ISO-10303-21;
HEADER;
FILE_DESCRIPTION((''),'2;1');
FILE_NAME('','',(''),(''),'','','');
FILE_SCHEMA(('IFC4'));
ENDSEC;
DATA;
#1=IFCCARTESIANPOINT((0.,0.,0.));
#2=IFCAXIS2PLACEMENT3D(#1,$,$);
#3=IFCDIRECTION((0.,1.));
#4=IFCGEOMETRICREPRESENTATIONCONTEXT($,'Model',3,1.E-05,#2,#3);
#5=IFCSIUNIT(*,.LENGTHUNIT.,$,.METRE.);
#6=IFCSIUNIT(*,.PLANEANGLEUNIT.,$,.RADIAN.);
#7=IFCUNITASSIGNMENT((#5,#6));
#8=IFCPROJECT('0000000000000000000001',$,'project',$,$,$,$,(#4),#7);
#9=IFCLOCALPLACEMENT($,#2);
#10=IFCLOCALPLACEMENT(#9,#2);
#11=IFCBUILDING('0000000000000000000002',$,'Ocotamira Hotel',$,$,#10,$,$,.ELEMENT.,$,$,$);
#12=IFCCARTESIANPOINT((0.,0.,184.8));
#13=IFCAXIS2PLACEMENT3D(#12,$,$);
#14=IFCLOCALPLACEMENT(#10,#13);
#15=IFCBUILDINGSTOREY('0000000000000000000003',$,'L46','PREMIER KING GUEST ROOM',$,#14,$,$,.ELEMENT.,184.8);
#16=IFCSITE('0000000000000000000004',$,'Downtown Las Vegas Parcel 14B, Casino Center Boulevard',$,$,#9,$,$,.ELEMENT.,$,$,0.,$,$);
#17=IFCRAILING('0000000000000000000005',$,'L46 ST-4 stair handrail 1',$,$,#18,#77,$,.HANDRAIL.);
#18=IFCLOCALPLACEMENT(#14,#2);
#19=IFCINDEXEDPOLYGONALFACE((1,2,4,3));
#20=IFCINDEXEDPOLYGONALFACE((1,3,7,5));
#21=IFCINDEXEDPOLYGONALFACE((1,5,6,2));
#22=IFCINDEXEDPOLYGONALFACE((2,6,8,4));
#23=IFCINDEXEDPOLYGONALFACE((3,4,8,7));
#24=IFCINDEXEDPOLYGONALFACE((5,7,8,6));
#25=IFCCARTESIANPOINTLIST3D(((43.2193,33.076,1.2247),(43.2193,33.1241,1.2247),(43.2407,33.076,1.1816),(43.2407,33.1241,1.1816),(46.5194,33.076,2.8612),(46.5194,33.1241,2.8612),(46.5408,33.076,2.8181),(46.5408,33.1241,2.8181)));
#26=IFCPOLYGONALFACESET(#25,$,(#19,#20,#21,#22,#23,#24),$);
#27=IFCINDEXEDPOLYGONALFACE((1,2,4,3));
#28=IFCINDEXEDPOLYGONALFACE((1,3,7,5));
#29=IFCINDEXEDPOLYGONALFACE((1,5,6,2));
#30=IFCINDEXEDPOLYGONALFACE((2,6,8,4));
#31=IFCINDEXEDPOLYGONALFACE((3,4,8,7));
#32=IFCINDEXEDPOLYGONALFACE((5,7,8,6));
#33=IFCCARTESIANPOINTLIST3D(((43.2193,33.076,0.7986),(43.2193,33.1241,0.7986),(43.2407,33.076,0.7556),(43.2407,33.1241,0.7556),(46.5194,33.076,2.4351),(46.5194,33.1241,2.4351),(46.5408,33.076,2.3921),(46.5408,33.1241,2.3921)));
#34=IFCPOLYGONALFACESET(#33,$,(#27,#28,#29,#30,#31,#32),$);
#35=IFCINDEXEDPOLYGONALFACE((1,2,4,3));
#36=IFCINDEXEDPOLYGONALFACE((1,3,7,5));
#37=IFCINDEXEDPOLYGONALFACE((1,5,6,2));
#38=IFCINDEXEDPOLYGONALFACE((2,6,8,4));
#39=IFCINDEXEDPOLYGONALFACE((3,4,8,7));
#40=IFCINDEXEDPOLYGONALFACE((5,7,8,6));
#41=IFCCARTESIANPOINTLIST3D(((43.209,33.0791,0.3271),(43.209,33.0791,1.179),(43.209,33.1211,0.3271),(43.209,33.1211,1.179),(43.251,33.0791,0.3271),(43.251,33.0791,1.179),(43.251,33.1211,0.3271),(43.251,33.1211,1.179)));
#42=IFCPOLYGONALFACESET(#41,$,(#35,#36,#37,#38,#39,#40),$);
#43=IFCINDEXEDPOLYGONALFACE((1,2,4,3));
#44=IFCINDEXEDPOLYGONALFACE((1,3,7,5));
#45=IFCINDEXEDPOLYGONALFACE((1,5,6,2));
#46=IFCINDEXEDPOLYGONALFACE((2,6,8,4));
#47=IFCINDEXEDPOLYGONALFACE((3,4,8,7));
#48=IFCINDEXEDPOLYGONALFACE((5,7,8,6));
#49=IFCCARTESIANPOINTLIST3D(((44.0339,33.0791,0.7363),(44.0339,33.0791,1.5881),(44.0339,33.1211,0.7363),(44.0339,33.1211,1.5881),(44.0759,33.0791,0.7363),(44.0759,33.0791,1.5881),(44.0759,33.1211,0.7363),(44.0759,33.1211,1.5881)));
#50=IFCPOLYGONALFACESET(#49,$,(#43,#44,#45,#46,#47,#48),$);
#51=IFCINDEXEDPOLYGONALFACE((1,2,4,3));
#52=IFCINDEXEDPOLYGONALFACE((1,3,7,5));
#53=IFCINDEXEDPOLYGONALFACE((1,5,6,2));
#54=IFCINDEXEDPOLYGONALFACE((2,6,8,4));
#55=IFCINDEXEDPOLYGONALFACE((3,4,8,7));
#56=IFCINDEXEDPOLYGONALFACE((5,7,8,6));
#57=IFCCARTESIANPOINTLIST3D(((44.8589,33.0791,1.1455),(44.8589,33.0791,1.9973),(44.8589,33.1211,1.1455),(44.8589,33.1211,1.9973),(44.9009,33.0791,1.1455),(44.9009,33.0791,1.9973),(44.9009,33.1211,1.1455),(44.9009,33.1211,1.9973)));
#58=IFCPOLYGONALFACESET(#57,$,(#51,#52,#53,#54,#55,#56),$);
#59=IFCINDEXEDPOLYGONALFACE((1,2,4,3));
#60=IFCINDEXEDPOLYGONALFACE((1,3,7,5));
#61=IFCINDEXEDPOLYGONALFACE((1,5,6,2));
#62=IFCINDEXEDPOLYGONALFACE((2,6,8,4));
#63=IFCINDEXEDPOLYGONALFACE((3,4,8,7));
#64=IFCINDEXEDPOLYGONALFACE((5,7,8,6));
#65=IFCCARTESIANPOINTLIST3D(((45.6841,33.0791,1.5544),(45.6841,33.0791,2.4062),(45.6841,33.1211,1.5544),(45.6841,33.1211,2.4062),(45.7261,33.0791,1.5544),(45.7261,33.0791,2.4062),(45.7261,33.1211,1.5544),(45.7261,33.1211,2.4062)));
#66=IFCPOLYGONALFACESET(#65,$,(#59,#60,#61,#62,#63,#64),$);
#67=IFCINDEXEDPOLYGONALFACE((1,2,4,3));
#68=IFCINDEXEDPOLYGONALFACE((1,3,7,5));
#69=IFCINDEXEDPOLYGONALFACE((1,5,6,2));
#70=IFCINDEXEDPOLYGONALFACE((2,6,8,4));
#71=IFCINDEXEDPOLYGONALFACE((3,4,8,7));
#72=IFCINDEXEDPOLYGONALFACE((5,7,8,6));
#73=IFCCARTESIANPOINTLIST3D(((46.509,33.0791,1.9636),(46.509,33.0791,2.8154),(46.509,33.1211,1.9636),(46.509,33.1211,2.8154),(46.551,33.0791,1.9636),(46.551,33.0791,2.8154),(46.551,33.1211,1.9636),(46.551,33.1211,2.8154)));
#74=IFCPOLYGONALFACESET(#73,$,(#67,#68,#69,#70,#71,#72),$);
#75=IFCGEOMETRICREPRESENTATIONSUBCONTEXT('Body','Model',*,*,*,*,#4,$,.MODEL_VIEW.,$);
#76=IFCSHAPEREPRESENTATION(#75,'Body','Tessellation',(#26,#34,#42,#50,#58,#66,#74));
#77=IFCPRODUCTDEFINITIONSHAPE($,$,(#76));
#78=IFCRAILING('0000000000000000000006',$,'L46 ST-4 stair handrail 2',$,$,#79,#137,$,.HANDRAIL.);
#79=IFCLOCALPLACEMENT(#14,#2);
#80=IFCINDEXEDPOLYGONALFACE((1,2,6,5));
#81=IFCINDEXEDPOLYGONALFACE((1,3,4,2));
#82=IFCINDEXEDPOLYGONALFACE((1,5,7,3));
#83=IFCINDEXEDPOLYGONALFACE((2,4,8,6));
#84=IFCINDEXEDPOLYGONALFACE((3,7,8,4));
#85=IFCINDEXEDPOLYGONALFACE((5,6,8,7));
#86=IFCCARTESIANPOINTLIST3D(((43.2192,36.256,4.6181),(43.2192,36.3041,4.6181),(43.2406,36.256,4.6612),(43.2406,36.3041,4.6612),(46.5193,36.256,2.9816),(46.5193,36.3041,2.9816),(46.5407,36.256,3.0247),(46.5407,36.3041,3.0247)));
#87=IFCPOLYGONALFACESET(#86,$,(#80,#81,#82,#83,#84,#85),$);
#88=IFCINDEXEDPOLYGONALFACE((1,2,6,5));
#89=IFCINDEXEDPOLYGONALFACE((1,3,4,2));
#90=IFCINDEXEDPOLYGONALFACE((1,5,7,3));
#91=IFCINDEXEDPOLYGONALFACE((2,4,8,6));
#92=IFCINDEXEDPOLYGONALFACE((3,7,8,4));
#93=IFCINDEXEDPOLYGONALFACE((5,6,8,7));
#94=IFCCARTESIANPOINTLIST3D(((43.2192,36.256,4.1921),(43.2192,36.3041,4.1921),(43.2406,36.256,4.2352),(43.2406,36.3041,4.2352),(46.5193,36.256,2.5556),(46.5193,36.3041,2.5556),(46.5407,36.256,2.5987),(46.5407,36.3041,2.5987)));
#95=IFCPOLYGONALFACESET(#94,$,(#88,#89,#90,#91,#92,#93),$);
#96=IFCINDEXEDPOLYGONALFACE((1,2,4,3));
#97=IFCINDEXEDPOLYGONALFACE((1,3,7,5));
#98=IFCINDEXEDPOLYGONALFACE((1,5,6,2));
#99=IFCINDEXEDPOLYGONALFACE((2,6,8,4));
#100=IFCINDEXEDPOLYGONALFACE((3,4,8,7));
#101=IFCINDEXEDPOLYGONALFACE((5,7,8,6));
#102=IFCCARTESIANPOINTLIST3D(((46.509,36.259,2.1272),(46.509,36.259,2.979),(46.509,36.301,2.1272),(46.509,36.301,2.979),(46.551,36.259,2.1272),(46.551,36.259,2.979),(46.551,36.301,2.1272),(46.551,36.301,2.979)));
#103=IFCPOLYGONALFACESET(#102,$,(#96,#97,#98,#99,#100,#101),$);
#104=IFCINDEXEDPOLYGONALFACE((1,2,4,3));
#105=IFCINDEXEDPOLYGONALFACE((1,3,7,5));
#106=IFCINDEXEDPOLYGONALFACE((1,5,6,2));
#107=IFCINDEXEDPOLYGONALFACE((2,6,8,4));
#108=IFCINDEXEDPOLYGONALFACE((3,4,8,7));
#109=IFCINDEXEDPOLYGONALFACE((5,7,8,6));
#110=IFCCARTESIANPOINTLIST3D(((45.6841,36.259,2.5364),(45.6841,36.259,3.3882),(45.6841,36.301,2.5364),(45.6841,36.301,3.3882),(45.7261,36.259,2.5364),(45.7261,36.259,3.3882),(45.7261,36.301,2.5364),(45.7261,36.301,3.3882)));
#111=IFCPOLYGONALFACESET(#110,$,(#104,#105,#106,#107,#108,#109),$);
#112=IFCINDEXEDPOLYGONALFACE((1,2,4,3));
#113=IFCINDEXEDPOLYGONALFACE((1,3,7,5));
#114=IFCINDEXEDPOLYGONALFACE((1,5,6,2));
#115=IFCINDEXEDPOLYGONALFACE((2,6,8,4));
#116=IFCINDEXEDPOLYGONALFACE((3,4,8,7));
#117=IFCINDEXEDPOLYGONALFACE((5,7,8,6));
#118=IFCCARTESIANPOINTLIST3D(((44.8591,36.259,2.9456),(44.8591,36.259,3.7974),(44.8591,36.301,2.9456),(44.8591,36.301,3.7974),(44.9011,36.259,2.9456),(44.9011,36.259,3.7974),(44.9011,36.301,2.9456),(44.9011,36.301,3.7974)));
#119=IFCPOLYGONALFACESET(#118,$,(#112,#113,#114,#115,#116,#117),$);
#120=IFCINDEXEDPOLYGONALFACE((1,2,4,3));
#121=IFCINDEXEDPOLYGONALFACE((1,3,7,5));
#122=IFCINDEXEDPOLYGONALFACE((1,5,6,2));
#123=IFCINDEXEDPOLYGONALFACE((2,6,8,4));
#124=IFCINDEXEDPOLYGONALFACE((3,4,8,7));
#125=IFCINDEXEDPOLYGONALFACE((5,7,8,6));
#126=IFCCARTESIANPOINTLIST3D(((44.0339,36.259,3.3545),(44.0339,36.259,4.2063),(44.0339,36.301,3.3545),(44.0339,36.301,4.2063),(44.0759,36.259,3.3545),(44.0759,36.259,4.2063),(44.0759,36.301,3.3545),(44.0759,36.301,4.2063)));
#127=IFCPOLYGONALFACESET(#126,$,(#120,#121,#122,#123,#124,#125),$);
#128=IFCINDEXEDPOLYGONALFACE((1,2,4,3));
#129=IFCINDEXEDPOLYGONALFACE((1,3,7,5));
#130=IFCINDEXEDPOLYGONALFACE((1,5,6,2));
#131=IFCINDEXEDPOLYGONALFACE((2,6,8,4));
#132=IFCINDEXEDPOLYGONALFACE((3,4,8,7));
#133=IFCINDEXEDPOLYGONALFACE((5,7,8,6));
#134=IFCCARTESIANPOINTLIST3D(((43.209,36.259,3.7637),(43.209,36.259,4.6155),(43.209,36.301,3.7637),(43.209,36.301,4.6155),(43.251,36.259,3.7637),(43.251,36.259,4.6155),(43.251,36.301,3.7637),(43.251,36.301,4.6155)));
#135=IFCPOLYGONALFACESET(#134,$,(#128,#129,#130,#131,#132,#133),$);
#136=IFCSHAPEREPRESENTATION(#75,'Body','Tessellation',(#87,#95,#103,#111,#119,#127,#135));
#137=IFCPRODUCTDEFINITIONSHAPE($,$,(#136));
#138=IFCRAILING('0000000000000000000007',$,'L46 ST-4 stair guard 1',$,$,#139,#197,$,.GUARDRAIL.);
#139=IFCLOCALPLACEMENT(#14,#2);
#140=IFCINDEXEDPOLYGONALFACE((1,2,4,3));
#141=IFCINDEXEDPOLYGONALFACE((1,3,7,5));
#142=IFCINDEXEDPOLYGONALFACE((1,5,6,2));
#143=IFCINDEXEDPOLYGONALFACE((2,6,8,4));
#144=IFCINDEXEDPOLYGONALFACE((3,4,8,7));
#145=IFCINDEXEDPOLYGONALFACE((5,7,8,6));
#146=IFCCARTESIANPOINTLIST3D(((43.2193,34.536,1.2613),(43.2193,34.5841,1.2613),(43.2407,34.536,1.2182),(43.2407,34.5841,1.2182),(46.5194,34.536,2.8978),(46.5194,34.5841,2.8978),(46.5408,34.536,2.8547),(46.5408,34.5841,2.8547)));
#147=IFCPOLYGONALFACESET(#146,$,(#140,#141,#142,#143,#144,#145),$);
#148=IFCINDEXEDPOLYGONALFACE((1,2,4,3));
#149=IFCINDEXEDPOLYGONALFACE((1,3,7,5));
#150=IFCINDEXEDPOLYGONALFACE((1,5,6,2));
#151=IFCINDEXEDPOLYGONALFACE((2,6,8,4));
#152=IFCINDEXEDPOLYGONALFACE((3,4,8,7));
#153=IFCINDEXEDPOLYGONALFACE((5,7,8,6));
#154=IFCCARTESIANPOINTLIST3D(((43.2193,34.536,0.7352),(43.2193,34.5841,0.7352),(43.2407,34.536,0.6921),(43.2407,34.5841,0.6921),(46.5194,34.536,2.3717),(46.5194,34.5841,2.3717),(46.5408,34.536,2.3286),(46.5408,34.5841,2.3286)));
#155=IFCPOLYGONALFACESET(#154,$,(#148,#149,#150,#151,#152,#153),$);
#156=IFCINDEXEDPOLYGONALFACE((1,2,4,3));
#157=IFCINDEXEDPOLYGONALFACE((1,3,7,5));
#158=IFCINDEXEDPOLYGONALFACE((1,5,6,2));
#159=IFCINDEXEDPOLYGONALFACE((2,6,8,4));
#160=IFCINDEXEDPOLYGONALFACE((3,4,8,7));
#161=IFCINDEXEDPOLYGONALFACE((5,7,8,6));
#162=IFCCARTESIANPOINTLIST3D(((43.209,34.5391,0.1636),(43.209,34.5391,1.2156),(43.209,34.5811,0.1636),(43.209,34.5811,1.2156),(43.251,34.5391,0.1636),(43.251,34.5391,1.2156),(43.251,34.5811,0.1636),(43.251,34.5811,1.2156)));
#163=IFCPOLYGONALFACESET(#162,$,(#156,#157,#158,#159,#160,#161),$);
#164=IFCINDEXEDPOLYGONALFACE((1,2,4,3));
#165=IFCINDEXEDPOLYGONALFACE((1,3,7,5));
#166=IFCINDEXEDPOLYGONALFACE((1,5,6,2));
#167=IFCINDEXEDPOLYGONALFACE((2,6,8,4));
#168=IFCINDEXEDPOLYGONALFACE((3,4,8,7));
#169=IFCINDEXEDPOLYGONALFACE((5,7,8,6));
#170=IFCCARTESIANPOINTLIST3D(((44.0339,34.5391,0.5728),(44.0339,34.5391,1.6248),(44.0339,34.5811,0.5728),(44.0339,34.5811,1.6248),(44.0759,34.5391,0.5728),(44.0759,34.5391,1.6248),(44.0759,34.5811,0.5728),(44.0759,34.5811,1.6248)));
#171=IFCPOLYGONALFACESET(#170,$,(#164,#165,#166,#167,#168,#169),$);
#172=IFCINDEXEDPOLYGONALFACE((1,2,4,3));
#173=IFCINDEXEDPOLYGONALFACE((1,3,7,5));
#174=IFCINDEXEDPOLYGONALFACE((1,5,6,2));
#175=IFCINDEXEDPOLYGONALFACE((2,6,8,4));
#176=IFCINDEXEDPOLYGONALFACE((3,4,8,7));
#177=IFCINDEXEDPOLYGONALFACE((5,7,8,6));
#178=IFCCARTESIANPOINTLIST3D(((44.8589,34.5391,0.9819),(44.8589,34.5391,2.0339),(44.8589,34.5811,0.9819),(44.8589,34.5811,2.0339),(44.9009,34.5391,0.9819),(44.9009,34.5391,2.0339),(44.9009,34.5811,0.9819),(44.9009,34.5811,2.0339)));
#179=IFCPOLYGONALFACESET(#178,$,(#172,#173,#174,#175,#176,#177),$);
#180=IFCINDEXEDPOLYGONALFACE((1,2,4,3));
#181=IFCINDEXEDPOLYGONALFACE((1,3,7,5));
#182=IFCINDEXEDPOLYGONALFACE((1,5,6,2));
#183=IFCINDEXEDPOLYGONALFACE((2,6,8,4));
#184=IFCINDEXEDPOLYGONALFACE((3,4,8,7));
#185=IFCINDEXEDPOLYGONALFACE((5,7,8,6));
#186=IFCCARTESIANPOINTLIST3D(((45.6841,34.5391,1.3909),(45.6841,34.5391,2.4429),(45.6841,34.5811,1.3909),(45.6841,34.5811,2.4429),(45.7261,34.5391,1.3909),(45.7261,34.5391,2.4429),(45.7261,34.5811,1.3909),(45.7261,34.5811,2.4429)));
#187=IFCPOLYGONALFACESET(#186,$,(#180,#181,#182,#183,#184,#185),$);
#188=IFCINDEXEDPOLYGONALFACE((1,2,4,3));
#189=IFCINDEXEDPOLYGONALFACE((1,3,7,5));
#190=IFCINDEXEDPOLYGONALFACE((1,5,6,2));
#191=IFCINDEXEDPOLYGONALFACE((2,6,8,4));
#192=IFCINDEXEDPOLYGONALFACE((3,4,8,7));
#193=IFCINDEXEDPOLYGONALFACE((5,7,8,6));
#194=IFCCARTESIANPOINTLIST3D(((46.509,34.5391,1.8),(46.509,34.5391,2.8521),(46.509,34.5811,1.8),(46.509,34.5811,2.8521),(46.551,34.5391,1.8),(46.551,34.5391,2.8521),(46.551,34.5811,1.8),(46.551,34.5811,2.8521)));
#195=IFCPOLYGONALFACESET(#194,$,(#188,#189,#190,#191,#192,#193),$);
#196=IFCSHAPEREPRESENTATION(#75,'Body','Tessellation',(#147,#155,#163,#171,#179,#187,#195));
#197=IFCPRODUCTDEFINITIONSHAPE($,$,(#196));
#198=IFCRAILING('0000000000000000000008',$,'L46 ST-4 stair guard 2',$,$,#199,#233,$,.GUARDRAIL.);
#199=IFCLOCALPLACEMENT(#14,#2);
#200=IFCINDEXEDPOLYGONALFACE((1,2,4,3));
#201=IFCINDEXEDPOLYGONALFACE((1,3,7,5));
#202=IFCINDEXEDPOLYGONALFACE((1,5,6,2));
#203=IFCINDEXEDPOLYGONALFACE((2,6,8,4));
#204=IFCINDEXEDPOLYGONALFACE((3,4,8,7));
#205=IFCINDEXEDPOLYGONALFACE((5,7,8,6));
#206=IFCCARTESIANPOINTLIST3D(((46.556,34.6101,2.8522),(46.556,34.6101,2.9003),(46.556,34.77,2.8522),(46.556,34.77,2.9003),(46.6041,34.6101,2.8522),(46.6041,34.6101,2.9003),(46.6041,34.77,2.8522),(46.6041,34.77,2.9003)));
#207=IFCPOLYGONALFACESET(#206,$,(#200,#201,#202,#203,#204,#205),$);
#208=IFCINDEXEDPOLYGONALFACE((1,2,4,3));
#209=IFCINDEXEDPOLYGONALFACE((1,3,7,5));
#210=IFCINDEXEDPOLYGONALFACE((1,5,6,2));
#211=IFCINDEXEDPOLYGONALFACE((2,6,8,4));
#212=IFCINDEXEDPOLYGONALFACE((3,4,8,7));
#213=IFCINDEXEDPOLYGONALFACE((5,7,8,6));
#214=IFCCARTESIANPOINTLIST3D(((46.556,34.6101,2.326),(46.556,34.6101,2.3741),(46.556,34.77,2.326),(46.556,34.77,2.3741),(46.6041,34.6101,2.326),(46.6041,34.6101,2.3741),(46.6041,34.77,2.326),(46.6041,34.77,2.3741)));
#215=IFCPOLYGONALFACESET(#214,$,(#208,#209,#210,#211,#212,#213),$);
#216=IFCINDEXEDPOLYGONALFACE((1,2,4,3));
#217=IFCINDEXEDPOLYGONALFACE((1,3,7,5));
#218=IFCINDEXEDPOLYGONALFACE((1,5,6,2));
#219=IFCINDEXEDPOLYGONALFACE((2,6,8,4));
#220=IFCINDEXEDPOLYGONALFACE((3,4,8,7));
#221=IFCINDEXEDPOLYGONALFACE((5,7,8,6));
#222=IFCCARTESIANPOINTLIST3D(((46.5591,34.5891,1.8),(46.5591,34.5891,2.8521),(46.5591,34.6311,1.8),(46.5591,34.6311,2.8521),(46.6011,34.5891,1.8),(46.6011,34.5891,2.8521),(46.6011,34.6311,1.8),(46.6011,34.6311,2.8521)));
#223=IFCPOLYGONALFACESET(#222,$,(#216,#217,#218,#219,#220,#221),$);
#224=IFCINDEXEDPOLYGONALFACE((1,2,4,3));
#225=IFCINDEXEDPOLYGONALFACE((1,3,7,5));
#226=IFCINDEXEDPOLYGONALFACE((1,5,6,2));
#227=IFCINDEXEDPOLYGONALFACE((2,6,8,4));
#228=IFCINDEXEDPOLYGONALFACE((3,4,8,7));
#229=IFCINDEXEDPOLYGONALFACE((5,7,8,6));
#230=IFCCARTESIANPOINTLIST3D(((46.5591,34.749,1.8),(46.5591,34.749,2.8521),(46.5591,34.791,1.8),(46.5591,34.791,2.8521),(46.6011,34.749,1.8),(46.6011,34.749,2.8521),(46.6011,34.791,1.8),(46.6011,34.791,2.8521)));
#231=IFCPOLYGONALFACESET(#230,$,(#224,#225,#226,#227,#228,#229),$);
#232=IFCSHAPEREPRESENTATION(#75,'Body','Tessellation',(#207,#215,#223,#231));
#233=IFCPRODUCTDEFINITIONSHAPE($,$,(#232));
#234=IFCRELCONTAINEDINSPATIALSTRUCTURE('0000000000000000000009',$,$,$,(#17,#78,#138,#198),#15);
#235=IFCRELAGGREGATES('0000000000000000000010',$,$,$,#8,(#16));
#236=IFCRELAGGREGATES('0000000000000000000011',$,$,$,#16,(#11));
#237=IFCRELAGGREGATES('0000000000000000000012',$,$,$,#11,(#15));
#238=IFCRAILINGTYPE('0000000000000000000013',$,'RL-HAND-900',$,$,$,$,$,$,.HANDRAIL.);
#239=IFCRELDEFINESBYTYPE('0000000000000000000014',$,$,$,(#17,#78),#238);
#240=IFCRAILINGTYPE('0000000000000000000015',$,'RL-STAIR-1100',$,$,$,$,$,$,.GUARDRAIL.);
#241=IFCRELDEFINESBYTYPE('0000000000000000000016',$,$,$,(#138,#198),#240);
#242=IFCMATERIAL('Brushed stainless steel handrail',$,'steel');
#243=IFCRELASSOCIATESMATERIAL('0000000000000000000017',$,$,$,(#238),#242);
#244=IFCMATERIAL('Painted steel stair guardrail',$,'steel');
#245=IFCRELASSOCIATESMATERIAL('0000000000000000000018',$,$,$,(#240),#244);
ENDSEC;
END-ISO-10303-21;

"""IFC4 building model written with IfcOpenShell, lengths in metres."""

from ifc_helpers import new_model, si_unit, direction, frame, origin, origin_2d, place, context, subcontext, project, spatial, rectangle, extrude, material, type_object, element, save


model = new_model("IFC4")

# Units and contexts
model_context = context("Model", 3, precision=1e-05, world=origin(), true_north=direction((0.0, 1.0)))
body_context = subcontext(model_context, "Body", "Model", "MODEL_VIEW")
ifc_project = project(units=[si_unit("LENGTHUNIT", "METRE"), si_unit("PLANEANGLEUNIT", "RADIAN")], contexts=[model_context])

# Site, building, storey
site_placement = place(None, origin())
site = spatial("IfcSite", under=ifc_project, at=site_placement, Name="Downtown Las Vegas Parcel 14B, Casino Center Boulevard", CompositionType="ELEMENT", RefElevation=0.0)
building_placement = place(site_placement, origin())
building = spatial("IfcBuilding", under=site, at=building_placement, Name="Ocotamira Hotel", CompositionType="ELEMENT")
storey_placement = place(building_placement, frame((0.0, 0.0, 184.8)))
storey = spatial("IfcBuildingStorey", under=building, at=storey_placement, Name="L46", Description="PREMIER KING GUEST ROOM", CompositionType="ELEMENT", Elevation=184.8)

# Railings
ifc_material_1 = material(Name="Brushed stainless steel handrail", Category="steel")
railing_type_1 = type_object("IfcRailingType", Name="RL-HAND-900", PredefinedType="HANDRAIL", material=ifc_material_1)
railing_1_placement = place(storey_placement, frame((43.23, 33.1001, 0.3271)))
element("IfcRailing", 1, at=railing_1_placement, inside=storey, type_object=railing_type_1, Name="L46 ST-4 stair handrail 1", PredefinedType="HANDRAIL", context=body_context, shape_type="SweptSolid", body=[
    extrude(rectangle(XDim=0.0481, YDim=0.0481, at=origin_2d()), frame((0.0, 0.0, 0.876), z_axis=(0.895894, 0.0, 0.444268), x_axis=(0.0, 1.0, 0.0)), (0.0, 0.0, 1.0), 3.6836),
    extrude(rectangle(XDim=0.0481, YDim=0.0481, at=origin_2d()), frame((0.0, 0.0, 0.45), z_axis=(0.895894, 0.0, 0.444268), x_axis=(0.0, 1.0, 0.0)), (0.0, 0.0, 1.0), 3.6836),
    extrude(rectangle(XDim=0.042, YDim=0.042, at=origin_2d()), origin(), (0.0, 0.0, 1.0), 0.8518),
    extrude(rectangle(XDim=0.042, YDim=0.042, at=origin_2d()), frame((0.825, 0.0, 0.4092)), (0.0, 0.0, 1.0), 0.8518),
    extrude(rectangle(XDim=0.042, YDim=0.042, at=origin_2d()), frame((1.6499, 0.0, 0.8184)), (0.0, 0.0, 1.0), 0.8518),
    extrude(rectangle(XDim=0.042, YDim=0.042, at=origin_2d()), frame((2.4751, 0.0, 1.2273)), (0.0, 0.0, 1.0), 0.8518),
    extrude(rectangle(XDim=0.042, YDim=0.042, at=origin_2d()), frame((3.3, 0.0, 1.6365)), (0.0, 0.0, 1.0), 0.8518),
])
railing_2_placement = place(storey_placement, frame((46.53, 36.28, 2.1272)))
element("IfcRailing", 2, at=railing_2_placement, inside=storey, type_object=railing_type_1, Name="L46 ST-4 stair handrail 2", PredefinedType="HANDRAIL", context=body_context, shape_type="SweptSolid", body=[
    extrude(rectangle(XDim=0.0481, YDim=0.0481, at=origin_2d()), frame((0.0, 0.0, 0.876), z_axis=(-0.895894, 0.0, 0.444268), x_axis=(0.0, -1.0, 0.0)), (0.0, 0.0, 1.0), 3.6836),
    extrude(rectangle(XDim=0.0481, YDim=0.0481, at=origin_2d()), frame((0.0, 0.0, 0.45), z_axis=(-0.895894, 0.0, 0.444268), x_axis=(0.0, -1.0, 0.0)), (0.0, 0.0, 1.0), 3.6836),
    extrude(rectangle(XDim=0.042, YDim=0.042, at=origin_2d()), origin(), (0.0, 0.0, 1.0), 0.8518),
    extrude(rectangle(XDim=0.042, YDim=0.042, at=origin_2d()), frame((-0.825, 0.0, 0.4092)), (0.0, 0.0, 1.0), 0.8518),
    extrude(rectangle(XDim=0.042, YDim=0.042, at=origin_2d()), frame((-1.6499, 0.0, 0.8184)), (0.0, 0.0, 1.0), 0.8518),
    extrude(rectangle(XDim=0.042, YDim=0.042, at=origin_2d()), frame((-2.4751, 0.0, 1.2273)), (0.0, 0.0, 1.0), 0.8518),
    extrude(rectangle(XDim=0.042, YDim=0.042, at=origin_2d()), frame((-3.3, 0.0, 1.6365)), (0.0, 0.0, 1.0), 0.8518),
])
ifc_material_2 = material(Name="Painted steel stair guardrail", Category="steel")
railing_type_2 = type_object("IfcRailingType", Name="RL-STAIR-1100", PredefinedType="GUARDRAIL", material=ifc_material_2)
railing_3_placement = place(storey_placement, frame((43.23, 34.5601, 0.1636)))
element("IfcRailing", 3, at=railing_3_placement, inside=storey, type_object=railing_type_2, Name="L46 ST-4 stair guard 1", PredefinedType="GUARDRAIL", context=body_context, shape_type="SweptSolid", body=[
    extrude(rectangle(XDim=0.0481, YDim=0.0481, at=origin_2d()), frame((0.0, 0.0, 1.0762), z_axis=(0.895894, 0.0, 0.444268), x_axis=(0.0, 1.0, 0.0)), (0.0, 0.0, 1.0), 3.6836),
    extrude(rectangle(XDim=0.0481, YDim=0.0481, at=origin_2d()), frame((0.0, 0.0, 0.55), z_axis=(0.895894, 0.0, 0.444268), x_axis=(0.0, 1.0, 0.0)), (0.0, 0.0, 1.0), 3.6836),
    extrude(rectangle(XDim=0.042, YDim=0.042, at=origin_2d()), origin(), (0.0, 0.0, 1.0), 1.052),
    extrude(rectangle(XDim=0.042, YDim=0.042, at=origin_2d()), frame((0.825, 0.0, 0.4092)), (0.0, 0.0, 1.0), 1.052),
    extrude(rectangle(XDim=0.042, YDim=0.042, at=origin_2d()), frame((1.6499, 0.0, 0.8184)), (0.0, 0.0, 1.0), 1.052),
    extrude(rectangle(XDim=0.042, YDim=0.042, at=origin_2d()), frame((2.4751, 0.0, 1.2273)), (0.0, 0.0, 1.0), 1.052),
    extrude(rectangle(XDim=0.042, YDim=0.042, at=origin_2d()), frame((3.3, 0.0, 1.6365)), (0.0, 0.0, 1.0), 1.052),
])
railing_4_placement = place(storey_placement, frame((46.5801, 34.6101, 1.8)))
element("IfcRailing", 4, at=railing_4_placement, inside=storey, type_object=railing_type_2, Name="L46 ST-4 stair guard 2", PredefinedType="GUARDRAIL", context=body_context, shape_type="SweptSolid", body=[
    extrude(rectangle(XDim=0.0481, YDim=0.0481, at=origin_2d()), frame((0.0, 0.0, 1.0762), z_axis=(0.0, 1.0, 0.0), x_axis=(-1.0, 0.0, 0.0)), (0.0, 0.0, 1.0), 0.1599),
    extrude(rectangle(XDim=0.0481, YDim=0.0481, at=origin_2d()), frame((0.0, 0.0, 0.55), z_axis=(0.0, 1.0, 0.0), x_axis=(-1.0, 0.0, 0.0)), (0.0, 0.0, 1.0), 0.1599),
    extrude(rectangle(XDim=0.042, YDim=0.042, at=origin_2d()), origin(), (0.0, 0.0, 1.0), 1.052),
    extrude(rectangle(XDim=0.042, YDim=0.042, at=origin_2d()), frame((0.0, 0.1599, 0.0)), (0.0, 0.0, 1.0), 1.052),
])

save(model, "model.ifc")
